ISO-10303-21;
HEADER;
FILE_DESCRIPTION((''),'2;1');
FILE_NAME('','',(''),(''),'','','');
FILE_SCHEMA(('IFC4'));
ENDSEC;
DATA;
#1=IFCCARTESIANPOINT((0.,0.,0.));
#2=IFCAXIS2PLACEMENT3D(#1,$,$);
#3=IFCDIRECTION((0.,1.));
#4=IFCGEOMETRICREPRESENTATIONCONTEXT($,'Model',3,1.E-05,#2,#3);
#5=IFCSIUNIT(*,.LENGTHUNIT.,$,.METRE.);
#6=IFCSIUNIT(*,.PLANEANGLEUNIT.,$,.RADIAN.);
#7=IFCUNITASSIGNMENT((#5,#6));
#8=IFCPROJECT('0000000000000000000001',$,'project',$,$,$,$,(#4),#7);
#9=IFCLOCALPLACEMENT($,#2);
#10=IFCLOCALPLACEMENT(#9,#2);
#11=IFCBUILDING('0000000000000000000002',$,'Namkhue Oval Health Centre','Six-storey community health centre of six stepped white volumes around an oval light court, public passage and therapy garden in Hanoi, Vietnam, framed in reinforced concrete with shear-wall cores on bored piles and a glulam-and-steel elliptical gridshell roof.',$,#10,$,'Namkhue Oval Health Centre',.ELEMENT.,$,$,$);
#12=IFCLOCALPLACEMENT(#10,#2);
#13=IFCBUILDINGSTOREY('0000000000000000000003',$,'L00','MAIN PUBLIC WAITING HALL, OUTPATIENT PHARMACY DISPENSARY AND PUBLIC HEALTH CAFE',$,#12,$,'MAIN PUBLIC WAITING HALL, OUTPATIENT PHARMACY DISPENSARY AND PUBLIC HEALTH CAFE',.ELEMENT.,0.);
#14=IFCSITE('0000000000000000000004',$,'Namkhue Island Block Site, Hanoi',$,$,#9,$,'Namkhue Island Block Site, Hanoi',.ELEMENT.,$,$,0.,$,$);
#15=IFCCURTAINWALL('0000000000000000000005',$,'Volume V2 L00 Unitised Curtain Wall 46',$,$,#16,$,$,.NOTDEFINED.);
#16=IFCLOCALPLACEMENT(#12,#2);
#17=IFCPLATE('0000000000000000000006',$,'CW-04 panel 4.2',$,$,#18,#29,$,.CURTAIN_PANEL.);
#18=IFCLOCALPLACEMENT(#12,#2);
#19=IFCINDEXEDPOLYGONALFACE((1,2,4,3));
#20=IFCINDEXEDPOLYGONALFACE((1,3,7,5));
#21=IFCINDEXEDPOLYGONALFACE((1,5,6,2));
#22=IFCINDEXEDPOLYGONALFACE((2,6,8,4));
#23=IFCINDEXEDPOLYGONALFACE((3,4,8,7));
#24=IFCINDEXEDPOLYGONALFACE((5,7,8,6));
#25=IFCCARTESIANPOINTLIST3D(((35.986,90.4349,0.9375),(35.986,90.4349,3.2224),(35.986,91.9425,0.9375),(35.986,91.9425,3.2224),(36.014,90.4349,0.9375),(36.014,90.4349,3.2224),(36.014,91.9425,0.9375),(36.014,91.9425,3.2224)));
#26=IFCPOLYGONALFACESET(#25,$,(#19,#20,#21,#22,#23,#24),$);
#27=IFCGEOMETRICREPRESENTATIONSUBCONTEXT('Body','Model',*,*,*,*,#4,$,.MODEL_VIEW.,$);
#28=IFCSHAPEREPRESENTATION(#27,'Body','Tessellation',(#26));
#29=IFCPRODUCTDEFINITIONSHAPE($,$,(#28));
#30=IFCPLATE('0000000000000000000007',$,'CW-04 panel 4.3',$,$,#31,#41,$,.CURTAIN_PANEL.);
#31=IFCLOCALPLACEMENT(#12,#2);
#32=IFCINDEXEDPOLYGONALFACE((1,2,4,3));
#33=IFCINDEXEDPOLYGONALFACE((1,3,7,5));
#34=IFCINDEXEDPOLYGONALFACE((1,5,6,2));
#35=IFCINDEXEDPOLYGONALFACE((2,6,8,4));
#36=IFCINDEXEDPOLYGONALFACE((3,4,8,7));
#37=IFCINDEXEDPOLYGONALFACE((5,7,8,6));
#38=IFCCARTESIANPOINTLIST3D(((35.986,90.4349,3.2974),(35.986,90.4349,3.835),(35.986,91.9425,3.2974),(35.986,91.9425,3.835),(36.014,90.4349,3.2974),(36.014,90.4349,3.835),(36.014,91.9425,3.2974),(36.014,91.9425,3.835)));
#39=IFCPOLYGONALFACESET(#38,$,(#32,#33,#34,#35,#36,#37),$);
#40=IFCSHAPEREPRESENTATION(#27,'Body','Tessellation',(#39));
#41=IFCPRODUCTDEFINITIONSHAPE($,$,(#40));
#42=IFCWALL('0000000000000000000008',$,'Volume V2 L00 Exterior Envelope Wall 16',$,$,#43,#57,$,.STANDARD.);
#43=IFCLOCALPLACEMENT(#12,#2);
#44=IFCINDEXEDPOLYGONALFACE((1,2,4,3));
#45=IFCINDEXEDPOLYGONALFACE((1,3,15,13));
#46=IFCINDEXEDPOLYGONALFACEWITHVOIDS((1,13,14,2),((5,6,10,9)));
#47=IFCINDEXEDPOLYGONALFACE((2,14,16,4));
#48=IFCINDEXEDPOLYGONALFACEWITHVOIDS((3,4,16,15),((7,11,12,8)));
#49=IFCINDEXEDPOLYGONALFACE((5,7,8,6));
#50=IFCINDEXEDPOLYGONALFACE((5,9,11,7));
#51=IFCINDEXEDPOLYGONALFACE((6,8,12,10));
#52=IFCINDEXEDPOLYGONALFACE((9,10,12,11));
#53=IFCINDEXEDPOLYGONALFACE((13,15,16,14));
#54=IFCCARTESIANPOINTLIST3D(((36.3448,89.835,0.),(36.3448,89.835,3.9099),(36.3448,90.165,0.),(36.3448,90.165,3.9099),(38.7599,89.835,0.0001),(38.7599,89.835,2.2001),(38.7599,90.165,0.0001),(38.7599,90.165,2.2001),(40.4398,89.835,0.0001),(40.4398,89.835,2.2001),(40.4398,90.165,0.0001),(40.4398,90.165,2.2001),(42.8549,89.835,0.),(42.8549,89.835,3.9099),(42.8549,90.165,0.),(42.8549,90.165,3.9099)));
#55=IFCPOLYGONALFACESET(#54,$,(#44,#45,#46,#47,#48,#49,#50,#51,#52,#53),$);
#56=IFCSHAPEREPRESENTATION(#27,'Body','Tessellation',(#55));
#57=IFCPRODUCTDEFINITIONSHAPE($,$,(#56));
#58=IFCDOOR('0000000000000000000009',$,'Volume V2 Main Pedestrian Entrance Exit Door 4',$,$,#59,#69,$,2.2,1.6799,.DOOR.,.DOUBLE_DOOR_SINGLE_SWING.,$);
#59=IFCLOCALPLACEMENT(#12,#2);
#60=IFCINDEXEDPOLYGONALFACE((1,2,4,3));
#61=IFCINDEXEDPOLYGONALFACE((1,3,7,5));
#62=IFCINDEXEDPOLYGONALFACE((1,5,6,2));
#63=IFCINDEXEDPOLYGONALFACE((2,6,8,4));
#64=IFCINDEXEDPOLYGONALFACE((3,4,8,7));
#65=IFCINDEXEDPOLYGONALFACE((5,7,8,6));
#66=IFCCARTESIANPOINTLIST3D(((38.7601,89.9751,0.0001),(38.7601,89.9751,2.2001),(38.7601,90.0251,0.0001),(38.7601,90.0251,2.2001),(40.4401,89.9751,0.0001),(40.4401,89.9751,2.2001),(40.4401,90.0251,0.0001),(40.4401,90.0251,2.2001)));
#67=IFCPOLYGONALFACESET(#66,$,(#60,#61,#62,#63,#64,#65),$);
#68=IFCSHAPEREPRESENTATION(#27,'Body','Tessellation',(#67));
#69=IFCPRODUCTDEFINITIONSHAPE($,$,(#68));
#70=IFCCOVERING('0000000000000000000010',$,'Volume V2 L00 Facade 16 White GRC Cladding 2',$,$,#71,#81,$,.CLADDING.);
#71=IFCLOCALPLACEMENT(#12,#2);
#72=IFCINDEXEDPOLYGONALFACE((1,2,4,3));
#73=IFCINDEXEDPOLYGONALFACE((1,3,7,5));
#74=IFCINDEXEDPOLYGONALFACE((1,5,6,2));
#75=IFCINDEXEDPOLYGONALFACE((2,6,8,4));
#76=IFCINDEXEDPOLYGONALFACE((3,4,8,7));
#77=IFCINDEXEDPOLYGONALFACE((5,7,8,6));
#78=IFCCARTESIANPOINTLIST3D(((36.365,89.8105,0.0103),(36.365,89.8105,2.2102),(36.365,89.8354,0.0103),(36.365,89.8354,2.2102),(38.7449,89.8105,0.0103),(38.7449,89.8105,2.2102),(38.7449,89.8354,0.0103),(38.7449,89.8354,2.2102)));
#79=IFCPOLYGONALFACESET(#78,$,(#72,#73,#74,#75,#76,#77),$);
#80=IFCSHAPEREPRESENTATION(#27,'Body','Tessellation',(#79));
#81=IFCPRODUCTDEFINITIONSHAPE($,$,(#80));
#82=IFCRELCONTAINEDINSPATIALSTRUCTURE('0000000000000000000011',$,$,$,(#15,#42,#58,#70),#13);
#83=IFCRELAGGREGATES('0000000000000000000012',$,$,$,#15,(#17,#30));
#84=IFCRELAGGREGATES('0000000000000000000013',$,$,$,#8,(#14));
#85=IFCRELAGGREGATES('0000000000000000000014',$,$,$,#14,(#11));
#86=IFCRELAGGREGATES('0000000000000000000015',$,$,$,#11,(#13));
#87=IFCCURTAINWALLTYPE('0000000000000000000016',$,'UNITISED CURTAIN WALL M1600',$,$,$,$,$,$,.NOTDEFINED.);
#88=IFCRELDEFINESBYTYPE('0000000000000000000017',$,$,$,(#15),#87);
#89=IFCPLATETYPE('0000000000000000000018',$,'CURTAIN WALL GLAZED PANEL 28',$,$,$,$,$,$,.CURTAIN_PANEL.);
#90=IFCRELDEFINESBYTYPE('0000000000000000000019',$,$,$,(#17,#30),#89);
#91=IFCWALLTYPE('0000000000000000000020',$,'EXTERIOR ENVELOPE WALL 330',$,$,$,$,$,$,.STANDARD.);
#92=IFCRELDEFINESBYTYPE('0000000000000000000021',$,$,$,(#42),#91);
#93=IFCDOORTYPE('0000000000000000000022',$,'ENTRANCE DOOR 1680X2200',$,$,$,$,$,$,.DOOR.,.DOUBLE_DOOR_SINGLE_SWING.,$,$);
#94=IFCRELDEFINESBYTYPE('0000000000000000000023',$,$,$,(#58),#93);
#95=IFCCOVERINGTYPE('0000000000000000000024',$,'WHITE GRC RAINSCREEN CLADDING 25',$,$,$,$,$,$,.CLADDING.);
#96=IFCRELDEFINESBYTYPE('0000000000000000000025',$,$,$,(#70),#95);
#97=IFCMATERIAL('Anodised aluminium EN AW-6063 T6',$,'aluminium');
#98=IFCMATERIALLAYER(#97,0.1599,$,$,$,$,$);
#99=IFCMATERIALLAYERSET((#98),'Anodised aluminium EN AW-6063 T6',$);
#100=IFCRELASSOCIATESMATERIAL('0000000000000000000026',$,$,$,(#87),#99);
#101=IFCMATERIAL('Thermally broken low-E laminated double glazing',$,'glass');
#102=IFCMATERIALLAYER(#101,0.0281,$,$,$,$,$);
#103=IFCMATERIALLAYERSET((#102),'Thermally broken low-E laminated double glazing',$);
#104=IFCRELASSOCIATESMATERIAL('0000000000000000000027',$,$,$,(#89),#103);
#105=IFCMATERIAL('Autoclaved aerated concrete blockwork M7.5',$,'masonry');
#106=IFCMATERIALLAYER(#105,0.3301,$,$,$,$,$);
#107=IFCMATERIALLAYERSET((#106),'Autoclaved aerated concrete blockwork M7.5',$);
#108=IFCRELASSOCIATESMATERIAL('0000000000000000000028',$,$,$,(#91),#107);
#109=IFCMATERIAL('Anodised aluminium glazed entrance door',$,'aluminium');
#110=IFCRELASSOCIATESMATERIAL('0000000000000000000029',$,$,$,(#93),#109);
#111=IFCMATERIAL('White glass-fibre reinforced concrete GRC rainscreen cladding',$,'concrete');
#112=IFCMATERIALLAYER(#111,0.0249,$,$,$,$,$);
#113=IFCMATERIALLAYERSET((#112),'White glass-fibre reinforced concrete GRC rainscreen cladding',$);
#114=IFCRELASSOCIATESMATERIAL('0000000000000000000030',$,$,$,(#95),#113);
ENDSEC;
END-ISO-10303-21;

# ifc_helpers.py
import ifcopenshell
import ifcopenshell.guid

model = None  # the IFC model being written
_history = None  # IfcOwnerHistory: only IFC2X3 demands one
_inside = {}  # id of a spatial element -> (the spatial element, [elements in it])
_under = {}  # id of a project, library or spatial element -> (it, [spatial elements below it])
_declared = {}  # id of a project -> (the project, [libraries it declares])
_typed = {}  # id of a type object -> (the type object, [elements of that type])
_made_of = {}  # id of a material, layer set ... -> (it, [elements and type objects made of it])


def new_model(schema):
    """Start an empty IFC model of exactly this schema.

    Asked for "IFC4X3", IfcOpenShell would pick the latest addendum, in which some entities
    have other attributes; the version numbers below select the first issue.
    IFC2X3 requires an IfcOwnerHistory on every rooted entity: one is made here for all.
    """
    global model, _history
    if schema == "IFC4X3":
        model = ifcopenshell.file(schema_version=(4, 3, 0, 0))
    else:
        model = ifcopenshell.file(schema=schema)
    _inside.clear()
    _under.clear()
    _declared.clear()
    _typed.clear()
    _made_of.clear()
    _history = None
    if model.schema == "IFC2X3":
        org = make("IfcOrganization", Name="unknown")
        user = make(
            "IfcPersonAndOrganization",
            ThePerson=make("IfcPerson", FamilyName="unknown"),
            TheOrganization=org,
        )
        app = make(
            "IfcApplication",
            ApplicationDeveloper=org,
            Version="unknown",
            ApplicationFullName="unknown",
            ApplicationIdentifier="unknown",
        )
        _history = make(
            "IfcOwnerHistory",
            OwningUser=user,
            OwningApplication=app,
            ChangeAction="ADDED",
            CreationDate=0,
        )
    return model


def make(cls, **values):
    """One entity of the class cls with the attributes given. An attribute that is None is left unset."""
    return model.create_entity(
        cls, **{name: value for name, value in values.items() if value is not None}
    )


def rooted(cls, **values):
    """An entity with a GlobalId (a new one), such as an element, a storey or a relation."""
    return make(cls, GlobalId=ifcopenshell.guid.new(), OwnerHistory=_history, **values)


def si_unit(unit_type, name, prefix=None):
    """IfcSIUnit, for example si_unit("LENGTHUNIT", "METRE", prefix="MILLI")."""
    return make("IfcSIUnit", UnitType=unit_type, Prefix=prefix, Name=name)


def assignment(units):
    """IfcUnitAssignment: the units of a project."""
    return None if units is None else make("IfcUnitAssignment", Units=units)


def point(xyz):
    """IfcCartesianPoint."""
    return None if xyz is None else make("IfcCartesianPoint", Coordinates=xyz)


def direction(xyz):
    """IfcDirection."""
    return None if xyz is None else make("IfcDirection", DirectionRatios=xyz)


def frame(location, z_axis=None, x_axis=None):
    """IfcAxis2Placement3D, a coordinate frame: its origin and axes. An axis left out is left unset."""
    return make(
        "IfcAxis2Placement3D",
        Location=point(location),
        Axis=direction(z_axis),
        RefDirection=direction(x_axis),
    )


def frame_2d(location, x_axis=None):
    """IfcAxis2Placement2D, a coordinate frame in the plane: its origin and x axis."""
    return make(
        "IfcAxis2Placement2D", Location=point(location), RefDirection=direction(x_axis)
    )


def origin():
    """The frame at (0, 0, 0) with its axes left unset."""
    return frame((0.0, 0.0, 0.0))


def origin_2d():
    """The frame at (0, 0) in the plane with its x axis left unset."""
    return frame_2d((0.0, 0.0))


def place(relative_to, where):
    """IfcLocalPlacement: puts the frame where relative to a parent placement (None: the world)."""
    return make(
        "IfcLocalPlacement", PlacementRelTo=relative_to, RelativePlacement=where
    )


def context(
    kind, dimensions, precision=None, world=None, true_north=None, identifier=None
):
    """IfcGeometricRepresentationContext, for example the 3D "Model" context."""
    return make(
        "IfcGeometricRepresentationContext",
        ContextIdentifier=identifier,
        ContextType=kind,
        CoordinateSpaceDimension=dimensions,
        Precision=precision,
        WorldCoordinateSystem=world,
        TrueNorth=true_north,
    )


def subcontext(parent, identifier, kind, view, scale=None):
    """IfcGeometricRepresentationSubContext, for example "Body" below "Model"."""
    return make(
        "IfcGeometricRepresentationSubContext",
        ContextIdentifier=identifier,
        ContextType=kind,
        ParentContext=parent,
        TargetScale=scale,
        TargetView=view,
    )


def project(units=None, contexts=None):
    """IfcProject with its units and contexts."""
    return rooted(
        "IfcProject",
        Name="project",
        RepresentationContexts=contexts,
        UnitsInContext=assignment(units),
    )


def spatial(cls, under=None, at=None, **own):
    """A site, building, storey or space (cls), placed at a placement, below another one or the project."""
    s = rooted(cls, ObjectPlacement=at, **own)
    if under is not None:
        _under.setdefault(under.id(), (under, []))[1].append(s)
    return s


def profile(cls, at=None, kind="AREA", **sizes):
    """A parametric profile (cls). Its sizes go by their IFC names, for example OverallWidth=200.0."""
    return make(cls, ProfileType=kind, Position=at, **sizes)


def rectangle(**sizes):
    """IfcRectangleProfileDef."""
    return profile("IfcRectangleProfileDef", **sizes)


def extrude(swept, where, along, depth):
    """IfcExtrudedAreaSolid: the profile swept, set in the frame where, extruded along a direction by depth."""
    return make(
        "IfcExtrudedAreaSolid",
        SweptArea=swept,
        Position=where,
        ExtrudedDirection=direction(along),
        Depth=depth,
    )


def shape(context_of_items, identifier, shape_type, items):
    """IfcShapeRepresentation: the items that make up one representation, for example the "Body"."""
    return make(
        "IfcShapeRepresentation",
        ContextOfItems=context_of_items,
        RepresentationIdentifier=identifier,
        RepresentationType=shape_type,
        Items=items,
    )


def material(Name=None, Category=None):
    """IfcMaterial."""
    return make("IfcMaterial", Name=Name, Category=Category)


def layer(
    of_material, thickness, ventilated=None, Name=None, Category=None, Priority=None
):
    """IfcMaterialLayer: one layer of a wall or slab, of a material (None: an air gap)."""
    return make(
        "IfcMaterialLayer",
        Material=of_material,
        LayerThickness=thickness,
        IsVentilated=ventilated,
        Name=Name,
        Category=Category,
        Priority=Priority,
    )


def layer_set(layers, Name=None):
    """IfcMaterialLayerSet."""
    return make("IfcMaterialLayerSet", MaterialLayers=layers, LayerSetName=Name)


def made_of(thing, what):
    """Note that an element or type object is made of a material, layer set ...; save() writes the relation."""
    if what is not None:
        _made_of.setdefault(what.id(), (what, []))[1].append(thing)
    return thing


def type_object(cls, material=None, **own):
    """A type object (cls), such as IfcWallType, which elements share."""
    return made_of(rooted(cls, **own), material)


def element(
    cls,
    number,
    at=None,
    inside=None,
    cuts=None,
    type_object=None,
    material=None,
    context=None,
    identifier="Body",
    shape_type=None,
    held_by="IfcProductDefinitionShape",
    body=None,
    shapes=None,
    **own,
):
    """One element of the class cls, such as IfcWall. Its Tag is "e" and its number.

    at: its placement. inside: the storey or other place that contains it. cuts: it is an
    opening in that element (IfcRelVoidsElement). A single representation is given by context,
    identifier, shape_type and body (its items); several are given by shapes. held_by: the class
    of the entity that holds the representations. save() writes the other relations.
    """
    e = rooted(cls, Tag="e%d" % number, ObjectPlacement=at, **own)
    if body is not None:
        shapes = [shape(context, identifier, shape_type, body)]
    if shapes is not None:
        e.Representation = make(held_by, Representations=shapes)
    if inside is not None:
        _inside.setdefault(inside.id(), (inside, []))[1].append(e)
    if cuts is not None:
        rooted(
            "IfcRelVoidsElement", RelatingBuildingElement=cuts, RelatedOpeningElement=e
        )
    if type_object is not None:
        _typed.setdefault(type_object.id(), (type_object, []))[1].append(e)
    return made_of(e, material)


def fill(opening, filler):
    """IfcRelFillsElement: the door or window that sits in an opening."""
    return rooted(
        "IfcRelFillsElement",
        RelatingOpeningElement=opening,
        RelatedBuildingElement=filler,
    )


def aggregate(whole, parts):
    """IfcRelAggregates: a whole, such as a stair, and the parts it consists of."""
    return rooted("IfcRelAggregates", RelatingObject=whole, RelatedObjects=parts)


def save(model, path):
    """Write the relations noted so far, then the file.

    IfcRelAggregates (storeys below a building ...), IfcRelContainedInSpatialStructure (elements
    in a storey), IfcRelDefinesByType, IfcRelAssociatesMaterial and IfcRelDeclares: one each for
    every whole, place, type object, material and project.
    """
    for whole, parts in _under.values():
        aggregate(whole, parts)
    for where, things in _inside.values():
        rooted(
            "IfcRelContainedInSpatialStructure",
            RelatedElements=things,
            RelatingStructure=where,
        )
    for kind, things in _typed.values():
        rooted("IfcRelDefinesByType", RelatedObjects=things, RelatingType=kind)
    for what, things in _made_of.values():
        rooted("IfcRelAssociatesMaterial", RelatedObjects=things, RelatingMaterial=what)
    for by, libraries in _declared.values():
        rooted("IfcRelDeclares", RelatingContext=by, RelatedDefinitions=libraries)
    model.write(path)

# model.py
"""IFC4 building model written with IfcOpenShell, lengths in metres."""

from ifc_helpers import new_model, si_unit, direction, frame, frame_2d, origin, origin_2d, place, context, subcontext, project, spatial, rectangle, extrude, material, layer, layer_set, type_object, element, fill, aggregate, save


model = new_model("IFC4")

# Units and contexts
model_context = context("Model", 3, precision=1e-05, world=origin(), true_north=direction((0.0, 1.0)))
body_context = subcontext(model_context, "Body", "Model", "MODEL_VIEW")
ifc_project = project(units=[si_unit("LENGTHUNIT", "METRE"), si_unit("PLANEANGLEUNIT", "RADIAN")], contexts=[model_context])

# Site, building, storey
site_placement = place(None, origin())
site = spatial("IfcSite", under=ifc_project, at=site_placement, Name="Namkhue Island Block Site, Hanoi", LongName="Namkhue Island Block Site, Hanoi", CompositionType="ELEMENT", RefElevation=0.0)
building_placement = place(site_placement, origin())
building = spatial("IfcBuilding", under=site, at=building_placement, Name="Namkhue Oval Health Centre", Description="Six-storey community health centre of six stepped white volumes around an oval light court, public passage and therapy garden in Hanoi, Vietnam, framed in reinforced concrete with shear-wall cores on bored piles and a glulam-and-steel elliptical gridshell roof.", LongName="Namkhue Oval Health Centre", CompositionType="ELEMENT")
storey_placement = place(building_placement, origin())
storey = spatial("IfcBuildingStorey", under=building, at=storey_placement, Name="L00", Description="MAIN PUBLIC WAITING HALL, OUTPATIENT PHARMACY DISPENSARY AND PUBLIC HEALTH CAFE", LongName="MAIN PUBLIC WAITING HALL, OUTPATIENT PHARMACY DISPENSARY AND PUBLIC HEALTH CAFE", CompositionType="ELEMENT", Elevation=0.0)

# Shared definitions
ifc_material_1 = material(Name="Anodised aluminium EN AW-6063 T6", Category="aluminium")

# Curtain wall
ifc_layer_1 = layer(ifc_material_1, 0.1599)
ifc_layer_set_1 = layer_set([ifc_layer_1], Name="Anodised aluminium EN AW-6063 T6")
curtain_wall_type_1 = type_object("IfcCurtainWallType", Name="UNITISED CURTAIN WALL M1600", PredefinedType="NOTDEFINED", material=ifc_layer_set_1)
curtain_wall_1_placement = place(storey_placement, origin())
curtain_wall_1 = element("IfcCurtainWall", 1, at=curtain_wall_1_placement, inside=storey, type_object=curtain_wall_type_1, Name="Volume V2 L00 Unitised Curtain Wall 46", PredefinedType="NOTDEFINED")

# Plates
ifc_material_2 = material(Name="Thermally broken low-E laminated double glazing", Category="glass")
ifc_layer_2 = layer(ifc_material_2, 0.0281)
ifc_layer_set_2 = layer_set([ifc_layer_2], Name="Thermally broken low-E laminated double glazing")
plate_type_1 = type_object("IfcPlateType", Name="CURTAIN WALL GLAZED PANEL 28", PredefinedType="CURTAIN_PANEL", material=ifc_layer_set_2)
plate_1_placement = place(storey_placement, frame((36.0, 91.1887, 0.9375), z_axis=(0.0, 0.0, 1.0), x_axis=(0.0, -1.0, 0.0)))
plate_1 = element("IfcPlate", 2, at=plate_1_placement, type_object=plate_type_1, Name="CW-04 panel 4.2", PredefinedType="CURTAIN_PANEL", context=body_context, shape_type="SweptSolid", body=[
    extrude(rectangle(XDim=1.5076, YDim=0.0281, at=origin_2d()), origin(), (0.0, 0.0, 1.0), 2.2849),
])
plate_2_placement = place(storey_placement, frame((36.0, 91.1887, 3.2974), z_axis=(0.0, 0.0, 1.0), x_axis=(0.0, -1.0, 0.0)))
plate_2 = element("IfcPlate", 3, at=plate_2_placement, type_object=plate_type_1, Name="CW-04 panel 4.3", PredefinedType="CURTAIN_PANEL", context=body_context, shape_type="SweptSolid", body=[
    extrude(rectangle(XDim=1.5076, YDim=0.0281, at=origin_2d()), origin(), (0.0, 0.0, 1.0), 0.5376),
])
aggregate(curtain_wall_1, [plate_1, plate_2])

# Wall, opening, door
ifc_material_3 = material(Name="Autoclaved aerated concrete blockwork M7.5", Category="masonry")
ifc_layer_3 = layer(ifc_material_3, 0.3301)
ifc_layer_set_3 = layer_set([ifc_layer_3], Name="Autoclaved aerated concrete blockwork M7.5")
wall_type = type_object("IfcWallType", Name="EXTERIOR ENVELOPE WALL 330", PredefinedType="STANDARD", material=ifc_layer_set_3)
wall_placement = place(storey_placement, frame((36.345, 90.0, 0.0), z_axis=(0.0, 0.0, 1.0), x_axis=(1.0, 0.0, 0.0)))
wall = element("IfcWall", 4, at=wall_placement, inside=storey, type_object=wall_type, Name="Volume V2 L00 Exterior Envelope Wall 16", PredefinedType="STANDARD", context=body_context, shape_type="SweptSolid", body=[
    extrude(rectangle(XDim=6.51, YDim=0.3301, at=frame_2d((3.2549, 0.0))), origin(), (0.0, 0.0, 1.0), 3.9099),
])
opening_placement = place(wall_placement, frame((2.415, 0.0, 0.0)))
opening = element("IfcOpeningElement", 5, at=opening_placement, cuts=wall, PredefinedType="OPENING", context=body_context, shape_type="SweptSolid", body=[
    extrude(rectangle(XDim=1.6799, YDim=2.2, at=frame_2d((0.8398, 1.1001))), frame((0.0, 0.175, 0.0), z_axis=(0.0, -1.0, 0.0), x_axis=(1.0, 0.0, 0.0)), (0.0, 0.0, 1.0), 0.3501),
])
ifc_material_4 = material(Name="Anodised aluminium glazed entrance door", Category="aluminium")
door_type = type_object("IfcDoorType", Name="ENTRANCE DOOR 1680X2200", OperationType="DOUBLE_DOOR_SINGLE_SWING", PredefinedType="DOOR", material=ifc_material_4)
door_placement = place(opening_placement, frame((1.6799, 0.0, 0.0), z_axis=(0.0, 0.0, 1.0), x_axis=(-1.0, 0.0, 0.0)))
door = element("IfcDoor", 6, at=door_placement, inside=storey, type_object=door_type, Name="Volume V2 Main Pedestrian Entrance Exit Door 4", OperationType="DOUBLE_DOOR_SINGLE_SWING", OverallHeight=2.2, OverallWidth=1.6799, PredefinedType="DOOR", context=body_context, shape_type="SweptSolid", body=[
    extrude(rectangle(XDim=1.6799, YDim=2.2, at=frame_2d((0.8398, 1.1001))), frame((0.0, 0.0249, 0.0), z_axis=(0.0, -1.0, 0.0), x_axis=(1.0, 0.0, 0.0)), (0.0, 0.0, 1.0), 0.05),
])
fill(opening, door)

# Covering
ifc_material_5 = material(Name="White glass-fibre reinforced concrete GRC rainscreen cladding", Category="concrete")
ifc_layer_4 = layer(ifc_material_5, 0.0249)
ifc_layer_set_4 = layer_set([ifc_layer_4], Name="White glass-fibre reinforced concrete GRC rainscreen cladding")
covering_type = type_object("IfcCoveringType", Name="WHITE GRC RAINSCREEN CLADDING 25", PredefinedType="CLADDING", material=ifc_layer_set_4)
covering_placement = place(storey_placement, frame((37.5549, 89.823, 0.0103), z_axis=(0.0, 0.0, 1.0), x_axis=(1.0, 0.0, 0.0)))
element("IfcCovering", 7, at=covering_placement, inside=storey, type_object=covering_type, Name="Volume V2 L00 Facade 16 White GRC Cladding 2", PredefinedType="CLADDING", context=body_context, shape_type="SweptSolid", body=[
    extrude(rectangle(XDim=2.3799, YDim=0.0249, at=origin_2d()), origin(), (0.0, 0.0, 1.0), 2.2),
])

save(model, "model.ifc")
